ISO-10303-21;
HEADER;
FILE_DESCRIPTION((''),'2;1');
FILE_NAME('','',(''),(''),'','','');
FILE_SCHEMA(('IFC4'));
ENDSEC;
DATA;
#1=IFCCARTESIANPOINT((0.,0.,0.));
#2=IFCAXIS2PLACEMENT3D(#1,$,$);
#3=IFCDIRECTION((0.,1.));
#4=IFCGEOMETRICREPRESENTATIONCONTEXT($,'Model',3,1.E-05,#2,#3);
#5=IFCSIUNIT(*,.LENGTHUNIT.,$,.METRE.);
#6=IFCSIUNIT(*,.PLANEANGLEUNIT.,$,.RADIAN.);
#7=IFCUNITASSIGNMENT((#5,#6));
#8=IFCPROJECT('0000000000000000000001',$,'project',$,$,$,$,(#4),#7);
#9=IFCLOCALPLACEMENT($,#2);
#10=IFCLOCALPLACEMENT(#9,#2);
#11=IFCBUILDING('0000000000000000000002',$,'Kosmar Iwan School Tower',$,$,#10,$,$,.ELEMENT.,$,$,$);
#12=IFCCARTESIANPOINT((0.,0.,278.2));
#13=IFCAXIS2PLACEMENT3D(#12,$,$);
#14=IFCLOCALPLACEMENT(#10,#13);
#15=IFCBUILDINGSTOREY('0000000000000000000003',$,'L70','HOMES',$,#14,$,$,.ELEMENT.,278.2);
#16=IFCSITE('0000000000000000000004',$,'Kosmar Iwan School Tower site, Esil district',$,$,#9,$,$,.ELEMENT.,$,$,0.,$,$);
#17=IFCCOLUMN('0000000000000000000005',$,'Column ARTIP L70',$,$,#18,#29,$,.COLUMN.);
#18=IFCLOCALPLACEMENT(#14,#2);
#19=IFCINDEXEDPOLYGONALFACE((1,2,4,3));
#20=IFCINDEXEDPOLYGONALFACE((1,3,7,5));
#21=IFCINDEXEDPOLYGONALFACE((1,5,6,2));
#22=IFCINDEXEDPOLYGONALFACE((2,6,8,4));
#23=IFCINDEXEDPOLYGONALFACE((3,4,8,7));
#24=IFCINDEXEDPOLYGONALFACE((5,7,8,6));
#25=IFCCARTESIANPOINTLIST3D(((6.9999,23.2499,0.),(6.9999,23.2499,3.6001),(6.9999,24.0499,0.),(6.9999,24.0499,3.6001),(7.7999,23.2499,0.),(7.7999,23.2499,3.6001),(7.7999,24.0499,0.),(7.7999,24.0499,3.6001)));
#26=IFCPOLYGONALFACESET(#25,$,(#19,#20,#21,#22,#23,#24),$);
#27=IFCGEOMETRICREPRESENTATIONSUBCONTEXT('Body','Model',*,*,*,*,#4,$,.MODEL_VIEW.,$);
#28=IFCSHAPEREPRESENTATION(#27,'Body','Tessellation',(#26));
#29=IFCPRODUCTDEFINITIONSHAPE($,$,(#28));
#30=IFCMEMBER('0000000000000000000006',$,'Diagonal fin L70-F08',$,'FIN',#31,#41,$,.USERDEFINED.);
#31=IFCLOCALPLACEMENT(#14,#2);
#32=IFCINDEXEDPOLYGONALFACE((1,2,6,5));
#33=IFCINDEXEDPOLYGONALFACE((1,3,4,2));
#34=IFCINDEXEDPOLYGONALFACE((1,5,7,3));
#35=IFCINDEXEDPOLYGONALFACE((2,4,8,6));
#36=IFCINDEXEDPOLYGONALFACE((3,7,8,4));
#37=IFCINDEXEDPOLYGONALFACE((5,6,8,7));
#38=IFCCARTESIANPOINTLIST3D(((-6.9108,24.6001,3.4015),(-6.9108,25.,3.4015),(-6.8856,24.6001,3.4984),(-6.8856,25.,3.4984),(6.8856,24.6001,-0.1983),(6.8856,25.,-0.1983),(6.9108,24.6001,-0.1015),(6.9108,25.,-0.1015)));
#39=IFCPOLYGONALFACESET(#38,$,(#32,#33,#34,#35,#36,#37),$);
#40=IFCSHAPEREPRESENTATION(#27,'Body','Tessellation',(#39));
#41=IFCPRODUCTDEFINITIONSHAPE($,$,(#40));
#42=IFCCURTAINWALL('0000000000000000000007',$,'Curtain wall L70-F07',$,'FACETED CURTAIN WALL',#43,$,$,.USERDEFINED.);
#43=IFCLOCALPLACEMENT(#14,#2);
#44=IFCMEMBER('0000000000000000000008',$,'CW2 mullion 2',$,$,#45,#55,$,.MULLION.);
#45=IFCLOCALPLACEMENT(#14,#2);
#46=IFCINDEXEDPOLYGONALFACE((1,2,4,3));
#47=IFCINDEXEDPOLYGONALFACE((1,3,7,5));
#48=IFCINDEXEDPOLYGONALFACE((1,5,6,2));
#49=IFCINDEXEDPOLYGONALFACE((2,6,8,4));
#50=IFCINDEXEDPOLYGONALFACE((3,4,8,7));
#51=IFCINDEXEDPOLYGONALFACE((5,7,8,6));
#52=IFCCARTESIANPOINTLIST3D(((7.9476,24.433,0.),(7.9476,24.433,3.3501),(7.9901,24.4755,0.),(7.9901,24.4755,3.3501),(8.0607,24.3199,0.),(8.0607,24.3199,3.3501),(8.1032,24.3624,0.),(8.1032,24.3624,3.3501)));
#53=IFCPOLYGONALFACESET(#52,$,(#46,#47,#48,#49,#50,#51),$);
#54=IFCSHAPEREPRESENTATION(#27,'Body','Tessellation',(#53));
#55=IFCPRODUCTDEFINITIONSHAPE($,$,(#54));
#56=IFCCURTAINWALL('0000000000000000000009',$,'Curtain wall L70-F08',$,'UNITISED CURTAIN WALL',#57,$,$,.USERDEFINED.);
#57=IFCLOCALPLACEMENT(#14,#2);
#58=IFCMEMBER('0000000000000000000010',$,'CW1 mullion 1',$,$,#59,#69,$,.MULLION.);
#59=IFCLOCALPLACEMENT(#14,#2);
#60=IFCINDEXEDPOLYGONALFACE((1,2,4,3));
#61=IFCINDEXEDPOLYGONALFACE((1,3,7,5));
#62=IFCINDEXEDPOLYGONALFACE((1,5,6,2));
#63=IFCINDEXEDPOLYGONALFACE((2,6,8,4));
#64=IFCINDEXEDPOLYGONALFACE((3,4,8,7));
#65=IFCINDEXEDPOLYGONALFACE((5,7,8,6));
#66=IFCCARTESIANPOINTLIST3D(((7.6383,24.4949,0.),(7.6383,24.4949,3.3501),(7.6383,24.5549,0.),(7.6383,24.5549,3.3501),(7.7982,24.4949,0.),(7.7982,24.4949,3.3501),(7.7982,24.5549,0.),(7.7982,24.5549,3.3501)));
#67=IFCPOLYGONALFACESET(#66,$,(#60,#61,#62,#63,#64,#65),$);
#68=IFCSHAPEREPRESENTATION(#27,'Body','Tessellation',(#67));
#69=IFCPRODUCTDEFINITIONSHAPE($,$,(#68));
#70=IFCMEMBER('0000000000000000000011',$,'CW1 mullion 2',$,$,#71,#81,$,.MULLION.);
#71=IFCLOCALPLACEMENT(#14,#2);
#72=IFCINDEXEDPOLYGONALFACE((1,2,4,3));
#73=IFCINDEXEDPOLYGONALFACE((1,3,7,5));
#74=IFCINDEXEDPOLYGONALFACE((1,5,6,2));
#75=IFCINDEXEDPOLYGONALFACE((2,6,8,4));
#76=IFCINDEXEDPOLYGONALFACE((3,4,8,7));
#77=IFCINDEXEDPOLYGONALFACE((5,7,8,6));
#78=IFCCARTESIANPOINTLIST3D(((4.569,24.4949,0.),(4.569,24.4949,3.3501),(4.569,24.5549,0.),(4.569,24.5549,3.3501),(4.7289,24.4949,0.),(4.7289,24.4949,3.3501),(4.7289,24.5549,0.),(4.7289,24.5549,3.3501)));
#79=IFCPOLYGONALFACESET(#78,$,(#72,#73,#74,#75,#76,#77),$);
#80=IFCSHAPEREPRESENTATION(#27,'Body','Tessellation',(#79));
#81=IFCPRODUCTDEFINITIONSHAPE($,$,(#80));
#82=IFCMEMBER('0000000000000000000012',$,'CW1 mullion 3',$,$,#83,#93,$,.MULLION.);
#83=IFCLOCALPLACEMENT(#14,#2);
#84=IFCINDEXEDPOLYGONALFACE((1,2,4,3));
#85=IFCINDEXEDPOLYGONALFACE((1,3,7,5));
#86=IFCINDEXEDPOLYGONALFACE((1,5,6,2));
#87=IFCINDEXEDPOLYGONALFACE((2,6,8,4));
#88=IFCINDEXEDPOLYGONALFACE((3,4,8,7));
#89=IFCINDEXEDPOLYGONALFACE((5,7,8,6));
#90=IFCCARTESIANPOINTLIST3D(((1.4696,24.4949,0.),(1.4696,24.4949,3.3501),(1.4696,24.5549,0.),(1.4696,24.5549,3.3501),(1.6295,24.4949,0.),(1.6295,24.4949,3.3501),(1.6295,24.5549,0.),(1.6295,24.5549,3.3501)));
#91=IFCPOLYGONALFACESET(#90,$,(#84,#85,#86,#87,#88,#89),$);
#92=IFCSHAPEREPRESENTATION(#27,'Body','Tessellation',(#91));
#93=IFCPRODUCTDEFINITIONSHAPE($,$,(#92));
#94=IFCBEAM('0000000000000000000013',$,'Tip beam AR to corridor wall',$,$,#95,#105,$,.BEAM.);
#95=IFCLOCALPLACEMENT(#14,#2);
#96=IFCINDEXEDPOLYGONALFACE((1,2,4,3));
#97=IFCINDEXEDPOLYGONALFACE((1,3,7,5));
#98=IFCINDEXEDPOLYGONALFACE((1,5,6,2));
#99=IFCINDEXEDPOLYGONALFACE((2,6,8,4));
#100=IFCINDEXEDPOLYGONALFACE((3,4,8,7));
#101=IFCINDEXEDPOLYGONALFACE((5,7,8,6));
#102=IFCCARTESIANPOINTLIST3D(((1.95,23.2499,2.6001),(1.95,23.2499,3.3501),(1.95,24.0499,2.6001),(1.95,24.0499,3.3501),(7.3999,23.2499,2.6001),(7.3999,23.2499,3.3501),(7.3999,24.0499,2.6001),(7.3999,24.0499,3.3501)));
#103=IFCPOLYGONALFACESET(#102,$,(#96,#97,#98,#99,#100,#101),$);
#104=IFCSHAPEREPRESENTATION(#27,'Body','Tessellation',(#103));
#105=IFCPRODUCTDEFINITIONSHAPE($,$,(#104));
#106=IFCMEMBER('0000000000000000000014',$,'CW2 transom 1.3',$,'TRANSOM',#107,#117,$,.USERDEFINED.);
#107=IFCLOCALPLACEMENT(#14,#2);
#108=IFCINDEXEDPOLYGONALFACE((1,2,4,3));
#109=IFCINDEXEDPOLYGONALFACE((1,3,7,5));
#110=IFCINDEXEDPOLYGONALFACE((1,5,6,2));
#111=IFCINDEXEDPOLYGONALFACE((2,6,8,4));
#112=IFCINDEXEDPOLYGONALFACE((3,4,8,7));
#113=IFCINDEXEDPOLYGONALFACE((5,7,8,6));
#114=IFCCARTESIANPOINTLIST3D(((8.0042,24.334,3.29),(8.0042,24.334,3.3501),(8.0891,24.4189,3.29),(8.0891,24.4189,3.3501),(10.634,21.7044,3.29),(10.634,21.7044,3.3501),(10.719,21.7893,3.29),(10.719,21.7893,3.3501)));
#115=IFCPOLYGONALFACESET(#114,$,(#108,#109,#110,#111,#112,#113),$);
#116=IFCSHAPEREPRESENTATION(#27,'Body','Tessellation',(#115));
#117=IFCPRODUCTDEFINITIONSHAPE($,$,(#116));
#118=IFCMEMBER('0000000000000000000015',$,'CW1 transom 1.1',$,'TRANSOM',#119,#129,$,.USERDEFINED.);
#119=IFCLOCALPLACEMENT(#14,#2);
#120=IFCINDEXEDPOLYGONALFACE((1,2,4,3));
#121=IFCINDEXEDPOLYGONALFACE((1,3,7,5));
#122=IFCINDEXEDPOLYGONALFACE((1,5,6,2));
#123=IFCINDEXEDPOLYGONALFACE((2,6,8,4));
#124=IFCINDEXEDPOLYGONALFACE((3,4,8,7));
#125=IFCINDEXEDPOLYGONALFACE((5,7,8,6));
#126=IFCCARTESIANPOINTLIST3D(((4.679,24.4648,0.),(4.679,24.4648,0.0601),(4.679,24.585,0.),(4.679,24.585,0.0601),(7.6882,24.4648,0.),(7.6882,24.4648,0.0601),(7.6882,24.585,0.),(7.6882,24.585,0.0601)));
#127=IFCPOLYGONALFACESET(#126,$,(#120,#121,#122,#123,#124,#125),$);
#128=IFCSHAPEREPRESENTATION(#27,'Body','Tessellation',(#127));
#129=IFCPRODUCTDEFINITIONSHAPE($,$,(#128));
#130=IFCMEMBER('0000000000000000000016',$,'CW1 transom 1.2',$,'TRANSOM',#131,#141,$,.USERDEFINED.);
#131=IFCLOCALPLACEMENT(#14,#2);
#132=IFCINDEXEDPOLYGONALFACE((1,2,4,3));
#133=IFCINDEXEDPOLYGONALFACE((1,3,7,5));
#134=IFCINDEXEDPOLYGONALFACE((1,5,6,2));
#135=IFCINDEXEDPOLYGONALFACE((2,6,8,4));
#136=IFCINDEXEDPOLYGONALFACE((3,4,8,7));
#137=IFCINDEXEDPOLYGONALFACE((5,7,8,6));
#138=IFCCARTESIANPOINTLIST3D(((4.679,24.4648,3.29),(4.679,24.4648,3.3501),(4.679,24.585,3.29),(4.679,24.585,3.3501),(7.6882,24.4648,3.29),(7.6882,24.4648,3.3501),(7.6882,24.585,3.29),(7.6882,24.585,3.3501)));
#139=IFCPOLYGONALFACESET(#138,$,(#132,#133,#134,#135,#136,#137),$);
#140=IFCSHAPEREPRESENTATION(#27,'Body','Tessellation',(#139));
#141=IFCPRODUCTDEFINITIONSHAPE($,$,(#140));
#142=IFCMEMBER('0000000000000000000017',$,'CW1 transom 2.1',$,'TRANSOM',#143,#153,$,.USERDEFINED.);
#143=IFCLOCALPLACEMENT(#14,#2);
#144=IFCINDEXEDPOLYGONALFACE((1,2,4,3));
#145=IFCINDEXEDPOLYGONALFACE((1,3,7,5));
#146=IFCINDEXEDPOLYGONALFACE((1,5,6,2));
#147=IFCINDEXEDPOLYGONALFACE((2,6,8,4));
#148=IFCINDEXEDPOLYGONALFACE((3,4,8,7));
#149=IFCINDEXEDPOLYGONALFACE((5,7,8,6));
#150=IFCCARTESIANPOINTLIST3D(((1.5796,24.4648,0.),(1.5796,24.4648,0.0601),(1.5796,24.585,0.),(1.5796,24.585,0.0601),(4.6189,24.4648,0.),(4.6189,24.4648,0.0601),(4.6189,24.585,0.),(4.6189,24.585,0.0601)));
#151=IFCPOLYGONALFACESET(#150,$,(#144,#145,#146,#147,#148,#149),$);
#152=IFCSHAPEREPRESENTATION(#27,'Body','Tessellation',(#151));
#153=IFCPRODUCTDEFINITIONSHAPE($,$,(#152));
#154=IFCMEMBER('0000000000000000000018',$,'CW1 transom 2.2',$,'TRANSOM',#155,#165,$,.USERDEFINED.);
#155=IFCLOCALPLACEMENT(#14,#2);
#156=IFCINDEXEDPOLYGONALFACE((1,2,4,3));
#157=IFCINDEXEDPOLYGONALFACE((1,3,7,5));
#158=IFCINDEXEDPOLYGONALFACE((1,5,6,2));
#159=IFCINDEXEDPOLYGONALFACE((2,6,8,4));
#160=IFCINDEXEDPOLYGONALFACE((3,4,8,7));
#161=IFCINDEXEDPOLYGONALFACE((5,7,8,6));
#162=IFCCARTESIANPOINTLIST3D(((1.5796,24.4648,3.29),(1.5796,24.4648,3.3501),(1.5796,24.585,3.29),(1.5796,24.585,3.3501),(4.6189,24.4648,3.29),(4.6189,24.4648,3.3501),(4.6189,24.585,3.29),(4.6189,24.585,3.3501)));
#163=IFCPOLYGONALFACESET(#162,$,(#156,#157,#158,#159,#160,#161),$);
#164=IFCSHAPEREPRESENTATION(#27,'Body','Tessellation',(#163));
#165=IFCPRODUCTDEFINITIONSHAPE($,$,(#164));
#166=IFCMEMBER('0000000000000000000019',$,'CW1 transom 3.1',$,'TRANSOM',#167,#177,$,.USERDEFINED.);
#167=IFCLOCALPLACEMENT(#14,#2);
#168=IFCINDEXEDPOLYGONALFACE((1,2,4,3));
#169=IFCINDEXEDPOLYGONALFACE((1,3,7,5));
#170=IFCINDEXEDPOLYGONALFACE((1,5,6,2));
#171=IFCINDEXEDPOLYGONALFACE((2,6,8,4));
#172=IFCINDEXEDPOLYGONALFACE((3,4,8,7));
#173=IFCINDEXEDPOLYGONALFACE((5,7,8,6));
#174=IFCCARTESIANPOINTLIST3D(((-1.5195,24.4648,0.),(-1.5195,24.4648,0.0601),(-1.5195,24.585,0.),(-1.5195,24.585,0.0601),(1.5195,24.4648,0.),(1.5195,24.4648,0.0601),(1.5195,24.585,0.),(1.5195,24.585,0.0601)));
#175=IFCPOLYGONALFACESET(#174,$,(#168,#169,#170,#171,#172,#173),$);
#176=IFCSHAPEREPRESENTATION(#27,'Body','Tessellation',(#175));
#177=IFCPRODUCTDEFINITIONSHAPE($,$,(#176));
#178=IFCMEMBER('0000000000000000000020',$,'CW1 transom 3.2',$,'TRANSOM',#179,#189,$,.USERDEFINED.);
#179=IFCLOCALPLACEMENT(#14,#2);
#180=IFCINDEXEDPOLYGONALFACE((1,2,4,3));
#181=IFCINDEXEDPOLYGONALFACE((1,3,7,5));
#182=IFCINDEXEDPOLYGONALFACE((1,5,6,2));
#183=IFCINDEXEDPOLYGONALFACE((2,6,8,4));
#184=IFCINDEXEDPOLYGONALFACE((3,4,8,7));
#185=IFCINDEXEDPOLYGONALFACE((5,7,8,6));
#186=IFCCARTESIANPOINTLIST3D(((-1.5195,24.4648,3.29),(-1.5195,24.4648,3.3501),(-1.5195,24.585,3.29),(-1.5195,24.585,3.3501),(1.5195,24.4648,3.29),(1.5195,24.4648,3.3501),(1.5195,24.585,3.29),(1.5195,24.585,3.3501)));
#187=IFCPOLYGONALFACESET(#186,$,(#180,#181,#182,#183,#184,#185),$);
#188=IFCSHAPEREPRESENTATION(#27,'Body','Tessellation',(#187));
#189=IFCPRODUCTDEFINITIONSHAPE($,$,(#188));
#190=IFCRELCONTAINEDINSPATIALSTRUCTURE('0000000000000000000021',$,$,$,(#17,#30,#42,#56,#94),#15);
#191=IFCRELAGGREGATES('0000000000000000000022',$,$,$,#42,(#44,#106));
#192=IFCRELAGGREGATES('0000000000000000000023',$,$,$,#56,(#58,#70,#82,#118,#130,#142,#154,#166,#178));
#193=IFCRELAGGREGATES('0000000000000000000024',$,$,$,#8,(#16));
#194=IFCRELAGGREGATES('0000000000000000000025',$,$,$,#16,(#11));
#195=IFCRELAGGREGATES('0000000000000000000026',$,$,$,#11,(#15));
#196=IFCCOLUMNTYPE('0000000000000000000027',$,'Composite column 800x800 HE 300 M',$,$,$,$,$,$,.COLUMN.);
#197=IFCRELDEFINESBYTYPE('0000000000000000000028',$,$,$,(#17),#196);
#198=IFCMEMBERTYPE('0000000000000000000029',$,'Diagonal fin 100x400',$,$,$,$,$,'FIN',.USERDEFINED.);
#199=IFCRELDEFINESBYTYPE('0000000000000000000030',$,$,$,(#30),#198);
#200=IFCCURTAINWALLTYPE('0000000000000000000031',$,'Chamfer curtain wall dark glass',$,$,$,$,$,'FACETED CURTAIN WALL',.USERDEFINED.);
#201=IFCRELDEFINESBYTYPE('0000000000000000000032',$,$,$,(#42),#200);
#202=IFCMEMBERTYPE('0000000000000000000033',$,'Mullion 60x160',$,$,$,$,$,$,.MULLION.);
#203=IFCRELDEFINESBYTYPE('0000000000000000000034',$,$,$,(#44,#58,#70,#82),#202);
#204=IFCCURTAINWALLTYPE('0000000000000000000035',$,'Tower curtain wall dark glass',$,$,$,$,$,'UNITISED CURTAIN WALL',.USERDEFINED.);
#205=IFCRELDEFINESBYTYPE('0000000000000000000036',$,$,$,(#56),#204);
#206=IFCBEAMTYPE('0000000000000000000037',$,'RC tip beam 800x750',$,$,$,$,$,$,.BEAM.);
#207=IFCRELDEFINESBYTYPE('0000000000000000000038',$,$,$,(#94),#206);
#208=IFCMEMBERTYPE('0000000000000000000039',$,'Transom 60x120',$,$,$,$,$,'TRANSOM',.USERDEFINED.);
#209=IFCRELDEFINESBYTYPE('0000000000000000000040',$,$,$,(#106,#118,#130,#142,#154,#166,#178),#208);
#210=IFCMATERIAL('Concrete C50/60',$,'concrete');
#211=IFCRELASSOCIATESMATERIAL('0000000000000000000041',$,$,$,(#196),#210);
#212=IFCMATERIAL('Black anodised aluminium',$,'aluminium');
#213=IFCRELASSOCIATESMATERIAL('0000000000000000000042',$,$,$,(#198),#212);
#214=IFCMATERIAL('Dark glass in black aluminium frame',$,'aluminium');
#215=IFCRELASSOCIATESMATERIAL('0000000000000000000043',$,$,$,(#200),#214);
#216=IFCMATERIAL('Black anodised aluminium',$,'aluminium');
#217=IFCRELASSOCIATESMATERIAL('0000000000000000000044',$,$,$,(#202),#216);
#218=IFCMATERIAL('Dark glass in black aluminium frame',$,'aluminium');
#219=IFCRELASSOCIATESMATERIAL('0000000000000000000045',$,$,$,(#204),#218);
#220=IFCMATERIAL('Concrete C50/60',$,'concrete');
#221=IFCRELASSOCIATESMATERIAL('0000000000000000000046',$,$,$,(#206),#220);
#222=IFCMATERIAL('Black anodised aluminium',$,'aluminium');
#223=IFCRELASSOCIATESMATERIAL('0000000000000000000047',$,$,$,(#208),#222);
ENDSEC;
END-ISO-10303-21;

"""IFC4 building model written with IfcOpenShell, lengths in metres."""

from ifc_helpers import new_model, si_unit, direction, frame, origin, origin_2d, place, context, subcontext, project, spatial, rectangle, extrude, material, material_profile, profile_set, type_object, element, aggregate, save


model = new_model("IFC4")

# Units and contexts
model_context = context("Model", 3, precision=1e-05, world=origin(), true_north=direction((0.0, 1.0)))
body_context = subcontext(model_context, "Body", "Model", "MODEL_VIEW")
ifc_project = project(units=[si_unit("LENGTHUNIT", "METRE"), si_unit("PLANEANGLEUNIT", "RADIAN")], contexts=[model_context])

# Site, building, storey
site_placement = place(None, origin())
site = spatial("IfcSite", under=ifc_project, at=site_placement, Name="Kosmar Iwan School Tower site, Esil district", CompositionType="ELEMENT", RefElevation=0.0)
building_placement = place(site_placement, origin())
building = spatial("IfcBuilding", under=site, at=building_placement, Name="Kosmar Iwan School Tower", CompositionType="ELEMENT")
storey_placement = place(building_placement, frame((0.0, 0.0, 278.2)))
storey = spatial("IfcBuildingStorey", under=building, at=storey_placement, Name="L70", Description="HOMES", CompositionType="ELEMENT", Elevation=278.2)

# Column
ifc_material_1 = material(Name="Concrete C50/60", Category="concrete")
ifc_material_profile_1 = material_profile(ifc_material_1, rectangle(XDim=0.8, YDim=0.8, at=origin_2d()), Name="RC 800x800 + HE 300 M")
ifc_profile_set_1 = profile_set([ifc_material_profile_1], Name="Concrete C50/60")
column_type = type_object("IfcColumnType", Name="Composite column 800x800 HE 300 M", PredefinedType="COLUMN", material=ifc_profile_set_1)
column_placement = place(storey_placement, frame((7.3999, 23.6499, 0.0), z_axis=(0.0, 0.0, 1.0), x_axis=(0.0, 1.0, 0.0)))
element("IfcColumn", 1, at=column_placement, inside=storey, type_object=column_type, Name="Column ARTIP L70", PredefinedType="COLUMN", context=body_context, shape_type="SweptSolid", body=[
    extrude(rectangle(XDim=0.8, YDim=0.8, at=origin_2d()), origin(), (0.0, 0.0, 1.0), 3.6001),
])

# Member
ifc_material_2 = material(Name="Black anodised aluminium", Category="aluminium")
ifc_material_profile_2 = material_profile(ifc_material_2, rectangle(XDim=0.1001, YDim=0.3999, at=origin_2d()), Name="FIN 100x400")
ifc_profile_set_2 = profile_set([ifc_material_profile_2], Name="Black anodised aluminium")
member_type_1 = type_object("IfcMemberType", Name="Diagonal fin 100x400", ElementType="FIN", PredefinedType="USERDEFINED", material=ifc_profile_set_2)
member_1_placement = place(storey_placement, frame((6.8982, 24.8, -0.1499), z_axis=(-0.967604, 0.0, 0.252474), x_axis=(0.252474, 0.0, 0.967604)))
element("IfcMember", 2, at=member_1_placement, inside=storey, type_object=member_type_1, Name="Diagonal fin L70-F08", ObjectType="FIN", PredefinedType="USERDEFINED", context=body_context, shape_type="SweptSolid", body=[
    extrude(rectangle(XDim=0.1001, YDim=0.3999, at=origin_2d()), origin(), (0.0, 0.0, 1.0), 14.2583),
])

# Curtain wall, member
ifc_material_3 = material(Name="Dark glass in black aluminium frame", Category="aluminium")
curtain_wall_type_1 = type_object("IfcCurtainWallType", Name="Chamfer curtain wall dark glass", ElementType="FACETED CURTAIN WALL", PredefinedType="USERDEFINED", material=ifc_material_3)
curtain_wall_1_placement = place(storey_placement, origin())
curtain_wall_1 = element("IfcCurtainWall", 3, at=curtain_wall_1_placement, inside=storey, type_object=curtain_wall_type_1, Name="Curtain wall L70-F07", ObjectType="FACETED CURTAIN WALL", PredefinedType="USERDEFINED")
ifc_material_4 = material(Name="Black anodised aluminium", Category="aluminium")
ifc_material_profile_3 = material_profile(ifc_material_4, rectangle(XDim=0.0601, YDim=0.1599, at=origin_2d()), Name="MULLION 60x160")
ifc_profile_set_3 = profile_set([ifc_material_profile_3], Name="Black anodised aluminium")
member_type_2 = type_object("IfcMemberType", Name="Mullion 60x160", PredefinedType="MULLION", material=ifc_profile_set_3)
member_2_placement = place(storey_placement, frame((8.0254, 24.3977, 0.0), z_axis=(0.0, 0.0, 1.0), x_axis=(-0.707107, -0.707107, 0.0)))
member_2 = element("IfcMember", 4, at=member_2_placement, type_object=member_type_2, Name="CW2 mullion 2", PredefinedType="MULLION", context=body_context, shape_type="SweptSolid", body=[
    extrude(rectangle(XDim=0.0601, YDim=0.1599, at=origin_2d()), origin(), (0.0, 0.0, 1.0), 3.3501),
])

# Curtain wall, members
ifc_material_5 = material(Name="Dark glass in black aluminium frame", Category="aluminium")
curtain_wall_type_2 = type_object("IfcCurtainWallType", Name="Tower curtain wall dark glass", ElementType="UNITISED CURTAIN WALL", PredefinedType="USERDEFINED", material=ifc_material_5)
curtain_wall_2_placement = place(storey_placement, origin())
curtain_wall_2 = element("IfcCurtainWall", 5, at=curtain_wall_2_placement, inside=storey, type_object=curtain_wall_type_2, Name="Curtain wall L70-F08", ObjectType="UNITISED CURTAIN WALL", PredefinedType="USERDEFINED")
member_3_placement = place(storey_placement, frame((7.7183, 24.5249, 0.0), z_axis=(0.0, 0.0, 1.0), x_axis=(0.0, -1.0, 0.0)))
member_3 = element("IfcMember", 6, at=member_3_placement, type_object=member_type_2, Name="CW1 mullion 1", PredefinedType="MULLION", context=body_context, shape_type="SweptSolid", body=[
    extrude(rectangle(XDim=0.0601, YDim=0.1599, at=origin_2d()), origin(), (0.0, 0.0, 1.0), 3.3501),
])
member_4_placement = place(storey_placement, frame((4.6489, 24.5249, 0.0), z_axis=(0.0, 0.0, 1.0), x_axis=(0.0, -1.0, 0.0)))
member_4 = element("IfcMember", 7, at=member_4_placement, type_object=member_type_2, Name="CW1 mullion 2", PredefinedType="MULLION", context=body_context, shape_type="SweptSolid", body=[
    extrude(rectangle(XDim=0.0601, YDim=0.1599, at=origin_2d()), origin(), (0.0, 0.0, 1.0), 3.3501),
])
member_5_placement = place(storey_placement, frame((1.5496, 24.5249, 0.0), z_axis=(0.0, 0.0, 1.0), x_axis=(0.0, -1.0, 0.0)))
member_5 = element("IfcMember", 8, at=member_5_placement, type_object=member_type_2, Name="CW1 mullion 3", PredefinedType="MULLION", context=body_context, shape_type="SweptSolid", body=[
    extrude(rectangle(XDim=0.0601, YDim=0.1599, at=origin_2d()), origin(), (0.0, 0.0, 1.0), 3.3501),
])

# Beam
ifc_material_6 = material(Name="Concrete C50/60", Category="concrete")
ifc_material_profile_4 = material_profile(ifc_material_6, rectangle(XDim=0.8, YDim=0.75, at=origin_2d()), Name="RC 800x750")
ifc_profile_set_4 = profile_set([ifc_material_profile_4], Name="Concrete C50/60")
beam_type = type_object("IfcBeamType", Name="RC tip beam 800x750", PredefinedType="BEAM", material=ifc_profile_set_4)
beam_placement = place(storey_placement, frame((7.3999, 23.6499, 2.9751), z_axis=(-1.0, 0.0, 0.0), x_axis=(0.0, -1.0, 0.0)))
element("IfcBeam", 9, at=beam_placement, inside=storey, type_object=beam_type, Name="Tip beam AR to corridor wall", PredefinedType="BEAM", context=body_context, shape_type="SweptSolid", body=[
    extrude(rectangle(XDim=0.8, YDim=0.75, at=origin_2d()), origin(), (0.0, 0.0, 1.0), 5.45),
])

# Members
ifc_material_7 = material(Name="Black anodised aluminium", Category="aluminium")
ifc_material_profile_5 = material_profile(ifc_material_7, rectangle(XDim=0.1201, YDim=0.0601, at=origin_2d()), Name="TRANSOM 60x120")
ifc_profile_set_5 = profile_set([ifc_material_profile_5], Name="Black anodised aluminium")
member_type_3 = type_object("IfcMemberType", Name="Transom 60x120", ElementType="TRANSOM", PredefinedType="USERDEFINED", material=ifc_profile_set_5)
member_6_placement = place(storey_placement, frame((10.6765, 21.7468, 3.3201), z_axis=(-0.70714, 0.707074, 0.0), x_axis=(-0.707074, -0.70714, 0.0)))
member_6 = element("IfcMember", 10, at=member_6_placement, type_object=member_type_3, Name="CW2 transom 1.3", ObjectType="TRANSOM", PredefinedType="USERDEFINED", context=body_context, shape_type="SweptSolid", body=[
    extrude(rectangle(XDim=0.1201, YDim=0.0601, at=origin_2d()), origin(), (0.0, 0.0, 1.0), 3.719),
])
member_7_placement = place(storey_placement, frame((7.6882, 24.5249, 0.03), z_axis=(-1.0, 0.0, 0.0), x_axis=(0.0, -1.0, 0.0)))
member_7 = element("IfcMember", 11, at=member_7_placement, type_object=member_type_3, Name="CW1 transom 1.1", ObjectType="TRANSOM", PredefinedType="USERDEFINED", context=body_context, shape_type="SweptSolid", body=[
    extrude(rectangle(XDim=0.1201, YDim=0.0601, at=origin_2d()), origin(), (0.0, 0.0, 1.0), 3.0093),
])
member_8_placement = place(storey_placement, frame((7.6882, 24.5249, 3.3201), z_axis=(-1.0, 0.0, 0.0), x_axis=(0.0, -1.0, 0.0)))
member_8 = element("IfcMember", 12, at=member_8_placement, type_object=member_type_3, Name="CW1 transom 1.2", ObjectType="TRANSOM", PredefinedType="USERDEFINED", context=body_context, shape_type="SweptSolid", body=[
    extrude(rectangle(XDim=0.1201, YDim=0.0601, at=origin_2d()), origin(), (0.0, 0.0, 1.0), 3.0093),
])
member_9_placement = place(storey_placement, frame((4.6189, 24.5249, 0.03), z_axis=(-1.0, 0.0, 0.0), x_axis=(0.0, -1.0, 0.0)))
member_9 = element("IfcMember", 13, at=member_9_placement, type_object=member_type_3, Name="CW1 transom 2.1", ObjectType="TRANSOM", PredefinedType="USERDEFINED", context=body_context, shape_type="SweptSolid", body=[
    extrude(rectangle(XDim=0.1201, YDim=0.0601, at=origin_2d()), origin(), (0.0, 0.0, 1.0), 3.0393),
])
member_10_placement = place(storey_placement, frame((4.6189, 24.5249, 3.3201), z_axis=(-1.0, 0.0, 0.0), x_axis=(0.0, -1.0, 0.0)))
member_10 = element("IfcMember", 14, at=member_10_placement, type_object=member_type_3, Name="CW1 transom 2.2", ObjectType="TRANSOM", PredefinedType="USERDEFINED", context=body_context, shape_type="SweptSolid", body=[
    extrude(rectangle(XDim=0.1201, YDim=0.0601, at=origin_2d()), origin(), (0.0, 0.0, 1.0), 3.0393),
])
member_11_placement = place(storey_placement, frame((1.5195, 24.5249, 0.03), z_axis=(-1.0, 0.0, 0.0), x_axis=(0.0, -1.0, 0.0)))
member_11 = element("IfcMember", 15, at=member_11_placement, type_object=member_type_3, Name="CW1 transom 3.1", ObjectType="TRANSOM", PredefinedType="USERDEFINED", context=body_context, shape_type="SweptSolid", body=[
    extrude(rectangle(XDim=0.1201, YDim=0.0601, at=origin_2d()), origin(), (0.0, 0.0, 1.0), 3.0391),
])
member_12_placement = place(storey_placement, frame((1.5195, 24.5249, 3.3201), z_axis=(-1.0, 0.0, 0.0), x_axis=(0.0, -1.0, 0.0)))
member_12 = element("IfcMember", 16, at=member_12_placement, type_object=member_type_3, Name="CW1 transom 3.2", ObjectType="TRANSOM", PredefinedType="USERDEFINED", context=body_context, shape_type="SweptSolid", body=[
    extrude(rectangle(XDim=0.1201, YDim=0.0601, at=origin_2d()), origin(), (0.0, 0.0, 1.0), 3.0391),
])

aggregate(curtain_wall_1, [member_2, member_6])
aggregate(curtain_wall_2, [member_3, member_4, member_5, member_7, member_8, member_9, member_10, member_11, member_12])

save(model, "model.ifc")
